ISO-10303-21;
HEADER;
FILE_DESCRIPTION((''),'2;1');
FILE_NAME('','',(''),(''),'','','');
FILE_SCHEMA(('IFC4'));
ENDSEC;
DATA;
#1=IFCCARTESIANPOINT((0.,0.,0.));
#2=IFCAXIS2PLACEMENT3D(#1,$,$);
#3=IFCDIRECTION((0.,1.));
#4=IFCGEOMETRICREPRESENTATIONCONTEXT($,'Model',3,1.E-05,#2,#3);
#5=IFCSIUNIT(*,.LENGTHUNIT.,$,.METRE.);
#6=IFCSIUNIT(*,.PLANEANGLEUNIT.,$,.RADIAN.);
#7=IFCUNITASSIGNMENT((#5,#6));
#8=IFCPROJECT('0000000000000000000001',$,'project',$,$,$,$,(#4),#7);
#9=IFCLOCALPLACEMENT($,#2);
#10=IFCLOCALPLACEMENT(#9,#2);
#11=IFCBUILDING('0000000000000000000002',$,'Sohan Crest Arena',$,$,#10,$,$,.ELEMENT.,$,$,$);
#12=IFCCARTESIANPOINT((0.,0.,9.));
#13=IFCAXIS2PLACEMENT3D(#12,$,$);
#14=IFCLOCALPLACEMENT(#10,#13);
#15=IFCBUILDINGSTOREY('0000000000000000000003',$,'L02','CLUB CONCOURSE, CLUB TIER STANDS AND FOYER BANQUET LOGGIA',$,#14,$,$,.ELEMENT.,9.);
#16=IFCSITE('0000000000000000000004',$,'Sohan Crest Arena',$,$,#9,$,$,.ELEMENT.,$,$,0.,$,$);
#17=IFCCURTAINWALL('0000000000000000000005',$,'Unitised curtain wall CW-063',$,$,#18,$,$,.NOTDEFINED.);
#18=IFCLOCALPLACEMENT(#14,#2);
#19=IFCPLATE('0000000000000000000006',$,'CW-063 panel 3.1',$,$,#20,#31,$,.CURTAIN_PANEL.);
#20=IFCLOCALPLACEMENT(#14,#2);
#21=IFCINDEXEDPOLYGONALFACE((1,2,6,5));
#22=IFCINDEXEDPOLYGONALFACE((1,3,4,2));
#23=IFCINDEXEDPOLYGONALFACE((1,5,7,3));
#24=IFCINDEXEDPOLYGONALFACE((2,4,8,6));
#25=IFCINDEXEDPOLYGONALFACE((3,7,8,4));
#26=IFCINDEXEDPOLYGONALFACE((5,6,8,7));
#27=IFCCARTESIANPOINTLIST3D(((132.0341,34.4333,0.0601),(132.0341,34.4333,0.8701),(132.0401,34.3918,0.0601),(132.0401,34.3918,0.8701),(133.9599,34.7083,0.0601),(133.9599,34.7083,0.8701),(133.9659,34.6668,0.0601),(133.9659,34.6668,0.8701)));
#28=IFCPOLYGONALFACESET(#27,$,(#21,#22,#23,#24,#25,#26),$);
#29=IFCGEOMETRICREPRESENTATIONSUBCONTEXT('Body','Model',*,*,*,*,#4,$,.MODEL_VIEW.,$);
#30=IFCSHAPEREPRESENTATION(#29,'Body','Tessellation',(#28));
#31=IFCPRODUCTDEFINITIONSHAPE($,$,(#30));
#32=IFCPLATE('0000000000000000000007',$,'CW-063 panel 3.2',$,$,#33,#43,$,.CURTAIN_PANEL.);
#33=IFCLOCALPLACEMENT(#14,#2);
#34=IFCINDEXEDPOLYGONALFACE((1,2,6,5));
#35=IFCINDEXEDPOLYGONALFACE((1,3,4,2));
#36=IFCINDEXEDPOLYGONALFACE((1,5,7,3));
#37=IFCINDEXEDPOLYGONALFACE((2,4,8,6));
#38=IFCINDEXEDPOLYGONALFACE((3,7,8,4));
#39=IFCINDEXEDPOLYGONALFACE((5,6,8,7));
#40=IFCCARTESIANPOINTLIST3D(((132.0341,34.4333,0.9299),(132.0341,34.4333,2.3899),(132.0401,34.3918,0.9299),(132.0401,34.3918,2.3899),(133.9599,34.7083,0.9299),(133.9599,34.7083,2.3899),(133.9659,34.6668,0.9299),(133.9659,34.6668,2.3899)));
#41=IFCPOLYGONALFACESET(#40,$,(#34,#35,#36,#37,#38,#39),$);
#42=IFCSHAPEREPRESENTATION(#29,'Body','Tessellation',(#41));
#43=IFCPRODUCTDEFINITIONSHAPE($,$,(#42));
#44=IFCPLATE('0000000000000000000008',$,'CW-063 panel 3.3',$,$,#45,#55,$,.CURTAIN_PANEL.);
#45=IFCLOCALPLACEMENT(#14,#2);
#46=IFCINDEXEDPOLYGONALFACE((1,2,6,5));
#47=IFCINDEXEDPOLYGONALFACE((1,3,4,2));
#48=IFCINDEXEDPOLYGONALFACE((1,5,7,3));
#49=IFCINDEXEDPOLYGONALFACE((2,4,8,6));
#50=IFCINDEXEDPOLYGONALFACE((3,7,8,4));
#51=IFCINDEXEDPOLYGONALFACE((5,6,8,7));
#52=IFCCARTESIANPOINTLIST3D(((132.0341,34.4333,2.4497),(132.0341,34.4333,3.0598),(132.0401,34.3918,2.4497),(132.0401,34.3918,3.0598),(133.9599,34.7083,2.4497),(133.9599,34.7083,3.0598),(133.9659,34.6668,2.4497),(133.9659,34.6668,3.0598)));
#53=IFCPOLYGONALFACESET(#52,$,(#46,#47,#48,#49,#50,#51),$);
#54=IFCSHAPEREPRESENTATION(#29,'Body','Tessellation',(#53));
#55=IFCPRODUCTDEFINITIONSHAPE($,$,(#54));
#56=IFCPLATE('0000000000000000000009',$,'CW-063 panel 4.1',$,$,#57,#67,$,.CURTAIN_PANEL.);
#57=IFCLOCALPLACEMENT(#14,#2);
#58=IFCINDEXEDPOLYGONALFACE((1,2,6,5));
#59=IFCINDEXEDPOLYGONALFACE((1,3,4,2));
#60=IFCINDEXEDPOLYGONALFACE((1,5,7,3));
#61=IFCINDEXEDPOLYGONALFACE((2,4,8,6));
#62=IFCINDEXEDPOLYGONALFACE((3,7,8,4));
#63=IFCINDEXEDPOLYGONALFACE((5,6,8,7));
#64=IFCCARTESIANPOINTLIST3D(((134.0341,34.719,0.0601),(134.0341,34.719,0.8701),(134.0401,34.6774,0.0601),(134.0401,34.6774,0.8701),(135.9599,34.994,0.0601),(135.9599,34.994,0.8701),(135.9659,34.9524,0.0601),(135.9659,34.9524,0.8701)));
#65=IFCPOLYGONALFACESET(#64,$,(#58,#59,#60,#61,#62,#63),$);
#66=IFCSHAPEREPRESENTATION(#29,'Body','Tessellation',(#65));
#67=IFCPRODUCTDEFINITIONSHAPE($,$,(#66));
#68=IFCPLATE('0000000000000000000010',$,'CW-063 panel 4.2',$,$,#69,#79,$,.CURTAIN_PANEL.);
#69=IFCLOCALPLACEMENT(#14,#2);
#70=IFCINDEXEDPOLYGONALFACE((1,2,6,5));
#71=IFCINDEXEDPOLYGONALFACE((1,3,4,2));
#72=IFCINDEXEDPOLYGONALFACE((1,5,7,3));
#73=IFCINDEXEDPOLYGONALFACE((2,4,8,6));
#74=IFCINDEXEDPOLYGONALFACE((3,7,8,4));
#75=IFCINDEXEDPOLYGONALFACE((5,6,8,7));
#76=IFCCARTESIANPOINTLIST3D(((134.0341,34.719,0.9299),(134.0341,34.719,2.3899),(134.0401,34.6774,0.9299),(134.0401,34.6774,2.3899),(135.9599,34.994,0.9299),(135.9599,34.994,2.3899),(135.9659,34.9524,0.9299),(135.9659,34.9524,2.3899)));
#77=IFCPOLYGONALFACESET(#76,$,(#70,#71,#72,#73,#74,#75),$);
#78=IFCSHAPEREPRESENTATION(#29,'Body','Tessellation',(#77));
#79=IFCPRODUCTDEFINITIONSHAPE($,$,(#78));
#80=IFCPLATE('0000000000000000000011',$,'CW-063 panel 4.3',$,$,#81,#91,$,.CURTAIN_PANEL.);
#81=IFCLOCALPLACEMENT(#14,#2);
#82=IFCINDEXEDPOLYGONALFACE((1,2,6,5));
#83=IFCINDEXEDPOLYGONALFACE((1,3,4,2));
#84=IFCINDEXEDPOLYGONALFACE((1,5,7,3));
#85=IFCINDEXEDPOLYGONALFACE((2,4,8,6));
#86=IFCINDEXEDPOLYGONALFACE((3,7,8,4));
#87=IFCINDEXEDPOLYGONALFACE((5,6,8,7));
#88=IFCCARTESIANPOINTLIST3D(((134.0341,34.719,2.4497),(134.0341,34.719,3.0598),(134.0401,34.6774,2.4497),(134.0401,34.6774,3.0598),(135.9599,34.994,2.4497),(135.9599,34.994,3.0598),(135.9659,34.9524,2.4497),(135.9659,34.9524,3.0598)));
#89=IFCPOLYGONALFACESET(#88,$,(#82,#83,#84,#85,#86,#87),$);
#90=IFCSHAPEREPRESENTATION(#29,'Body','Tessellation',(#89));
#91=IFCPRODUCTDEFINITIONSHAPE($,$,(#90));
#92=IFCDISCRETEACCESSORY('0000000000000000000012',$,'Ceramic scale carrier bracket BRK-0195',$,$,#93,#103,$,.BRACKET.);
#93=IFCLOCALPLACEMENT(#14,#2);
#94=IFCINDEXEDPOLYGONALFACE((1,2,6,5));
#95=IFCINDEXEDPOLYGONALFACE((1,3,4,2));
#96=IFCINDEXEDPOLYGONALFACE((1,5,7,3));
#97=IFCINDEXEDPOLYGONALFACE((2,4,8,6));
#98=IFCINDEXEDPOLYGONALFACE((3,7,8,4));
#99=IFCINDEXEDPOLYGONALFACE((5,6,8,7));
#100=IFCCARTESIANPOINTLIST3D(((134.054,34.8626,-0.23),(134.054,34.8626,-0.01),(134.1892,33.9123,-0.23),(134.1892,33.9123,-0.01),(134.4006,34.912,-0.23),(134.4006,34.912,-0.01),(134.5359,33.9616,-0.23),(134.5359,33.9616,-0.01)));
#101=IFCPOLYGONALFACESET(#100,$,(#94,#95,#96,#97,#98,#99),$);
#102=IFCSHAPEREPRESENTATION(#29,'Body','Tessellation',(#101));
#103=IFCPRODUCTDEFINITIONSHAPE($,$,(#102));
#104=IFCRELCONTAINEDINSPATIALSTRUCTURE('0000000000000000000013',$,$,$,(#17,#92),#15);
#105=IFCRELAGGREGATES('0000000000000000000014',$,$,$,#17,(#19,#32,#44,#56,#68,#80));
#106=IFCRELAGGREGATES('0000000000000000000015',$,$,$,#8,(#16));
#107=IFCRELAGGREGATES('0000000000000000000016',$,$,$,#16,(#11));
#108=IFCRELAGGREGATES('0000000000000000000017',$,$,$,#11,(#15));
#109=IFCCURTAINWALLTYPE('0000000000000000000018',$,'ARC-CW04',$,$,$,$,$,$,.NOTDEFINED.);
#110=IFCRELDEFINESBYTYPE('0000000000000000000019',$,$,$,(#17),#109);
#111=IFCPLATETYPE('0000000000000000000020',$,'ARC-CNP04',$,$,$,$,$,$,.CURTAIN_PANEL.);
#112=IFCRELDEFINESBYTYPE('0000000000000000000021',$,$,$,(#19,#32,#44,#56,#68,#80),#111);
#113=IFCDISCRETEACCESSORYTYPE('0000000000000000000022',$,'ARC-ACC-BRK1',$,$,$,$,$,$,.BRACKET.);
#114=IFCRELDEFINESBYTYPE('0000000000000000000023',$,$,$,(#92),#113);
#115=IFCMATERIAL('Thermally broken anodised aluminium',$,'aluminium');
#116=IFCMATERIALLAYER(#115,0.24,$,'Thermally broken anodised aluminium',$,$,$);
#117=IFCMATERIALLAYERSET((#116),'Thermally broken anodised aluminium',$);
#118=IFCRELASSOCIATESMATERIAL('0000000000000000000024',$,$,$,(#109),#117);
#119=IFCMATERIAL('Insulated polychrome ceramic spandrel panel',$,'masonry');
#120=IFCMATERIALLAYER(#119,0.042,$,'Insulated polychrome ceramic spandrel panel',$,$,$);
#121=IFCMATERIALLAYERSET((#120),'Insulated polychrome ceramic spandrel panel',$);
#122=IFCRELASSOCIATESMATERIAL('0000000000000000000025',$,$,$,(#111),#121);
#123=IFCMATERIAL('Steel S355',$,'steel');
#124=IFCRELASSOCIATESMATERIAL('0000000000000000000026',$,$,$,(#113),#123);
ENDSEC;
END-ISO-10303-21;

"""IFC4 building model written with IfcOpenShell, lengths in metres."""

from ifc_helpers import new_model, si_unit, direction, frame, origin, origin_2d, place, context, subcontext, project, spatial, rectangle, extrude, material, layer, layer_set, type_object, element, aggregate, save


model = new_model("IFC4")

# Units and contexts
model_context = context("Model", 3, precision=1e-05, world=origin(), true_north=direction((0.0, 1.0)))
body_context = subcontext(model_context, "Body", "Model", "MODEL_VIEW")
ifc_project = project(units=[si_unit("LENGTHUNIT", "METRE"), si_unit("PLANEANGLEUNIT", "RADIAN")], contexts=[model_context])

# Site, building, storey
site_placement = place(None, origin())
site = spatial("IfcSite", under=ifc_project, at=site_placement, Name="Sohan Crest Arena", CompositionType="ELEMENT", RefElevation=0.0)
building_placement = place(site_placement, origin())
building = spatial("IfcBuilding", under=site, at=building_placement, Name="Sohan Crest Arena", CompositionType="ELEMENT")
storey_placement = place(building_placement, frame((0.0, 0.0, 9.0)))
storey = spatial("IfcBuildingStorey", under=building, at=storey_placement, Name="L02", Description="CLUB CONCOURSE, CLUB TIER STANDS AND FOYER BANQUET LOGGIA", CompositionType="ELEMENT", Elevation=9.0)

# Curtain wall
ifc_material_1 = material(Name="Thermally broken anodised aluminium", Category="aluminium")
ifc_layer_1 = layer(ifc_material_1, 0.24, Name="Thermally broken anodised aluminium")
ifc_layer_set_1 = layer_set([ifc_layer_1], Name="Thermally broken anodised aluminium")
curtain_wall_type_1 = type_object("IfcCurtainWallType", Name="ARC-CW04", PredefinedType="NOTDEFINED", material=ifc_layer_set_1)
curtain_wall_1_placement = place(storey_placement, origin())
curtain_wall_1 = element("IfcCurtainWall", 1, at=curtain_wall_1_placement, inside=storey, type_object=curtain_wall_type_1, Name="Unitised curtain wall CW-063", PredefinedType="NOTDEFINED")

# Plates
ifc_material_2 = material(Name="Insulated polychrome ceramic spandrel panel", Category="masonry")
ifc_layer_2 = layer(ifc_material_2, 0.042, Name="Insulated polychrome ceramic spandrel panel")
ifc_layer_set_2 = layer_set([ifc_layer_2], Name="Insulated polychrome ceramic spandrel panel")
plate_type_1 = type_object("IfcPlateType", Name="ARC-CNP04", PredefinedType="CURTAIN_PANEL", material=ifc_layer_set_2)
plate_1_placement = place(storey_placement, frame((133.0, 34.55, 0.0601), z_axis=(0.0, 0.0, 1.0), x_axis=(0.989957, 0.141366, 0.0)))
plate_1 = element("IfcPlate", 2, at=plate_1_placement, type_object=plate_type_1, Name="CW-063 panel 3.1", PredefinedType="CURTAIN_PANEL", context=body_context, shape_type="SweptSolid", body=[
    extrude(rectangle(XDim=1.9453, YDim=0.042, at=origin_2d()), origin(), (0.0, 0.0, 1.0), 0.8101),
])
plate_2_placement = place(storey_placement, frame((133.0, 34.55, 0.9299), z_axis=(0.0, 0.0, 1.0), x_axis=(0.989957, 0.141366, 0.0)))
plate_2 = element("IfcPlate", 3, at=plate_2_placement, type_object=plate_type_1, Name="CW-063 panel 3.2", PredefinedType="CURTAIN_PANEL", context=body_context, shape_type="SweptSolid", body=[
    extrude(rectangle(XDim=1.9453, YDim=0.042, at=origin_2d()), origin(), (0.0, 0.0, 1.0), 1.46),
])
plate_3_placement = place(storey_placement, frame((133.0, 34.55, 2.4497), z_axis=(0.0, 0.0, 1.0), x_axis=(0.989957, 0.141366, 0.0)))
plate_3 = element("IfcPlate", 4, at=plate_3_placement, type_object=plate_type_1, Name="CW-063 panel 3.3", PredefinedType="CURTAIN_PANEL", context=body_context, shape_type="SweptSolid", body=[
    extrude(rectangle(XDim=1.9453, YDim=0.042, at=origin_2d()), origin(), (0.0, 0.0, 1.0), 0.6101),
])
plate_4_placement = place(storey_placement, frame((135.0, 34.8357, 0.0601), z_axis=(0.0, 0.0, 1.0), x_axis=(0.989957, 0.141366, 0.0)))
plate_4 = element("IfcPlate", 5, at=plate_4_placement, type_object=plate_type_1, Name="CW-063 panel 4.1", PredefinedType="CURTAIN_PANEL", context=body_context, shape_type="SweptSolid", body=[
    extrude(rectangle(XDim=1.9453, YDim=0.042, at=origin_2d()), origin(), (0.0, 0.0, 1.0), 0.8101),
])
plate_5_placement = place(storey_placement, frame((135.0, 34.8357, 0.9299), z_axis=(0.0, 0.0, 1.0), x_axis=(0.989957, 0.141366, 0.0)))
plate_5 = element("IfcPlate", 6, at=plate_5_placement, type_object=plate_type_1, Name="CW-063 panel 4.2", PredefinedType="CURTAIN_PANEL", context=body_context, shape_type="SweptSolid", body=[
    extrude(rectangle(XDim=1.9453, YDim=0.042, at=origin_2d()), origin(), (0.0, 0.0, 1.0), 1.46),
])
plate_6_placement = place(storey_placement, frame((135.0, 34.8357, 2.4497), z_axis=(0.0, 0.0, 1.0), x_axis=(0.989957, 0.141366, 0.0)))
plate_6 = element("IfcPlate", 7, at=plate_6_placement, type_object=plate_type_1, Name="CW-063 panel 4.3", PredefinedType="CURTAIN_PANEL", context=body_context, shape_type="SweptSolid", body=[
    extrude(rectangle(XDim=1.9453, YDim=0.042, at=origin_2d()), origin(), (0.0, 0.0, 1.0), 0.6101),
])
aggregate(curtain_wall_1, [plate_1, plate_2, plate_3, plate_4, plate_5, plate_6])

# Discrete accessory
ifc_material_3 = material(Name="Steel S355", Category="steel")
discrete_accessory_type = type_object("IfcDiscreteAccessoryType", Name="ARC-ACC-BRK1", PredefinedType="BRACKET", material=ifc_material_3)
discrete_accessory_placement = place(storey_placement, frame((134.2949, 34.4121, -0.23), z_axis=(0.0, 0.0, 1.0), x_axis=(0.990024, 0.140901, 0.0)))
element("IfcDiscreteAccessory", 8, at=discrete_accessory_placement, inside=storey, type_object=discrete_accessory_type, Name="Ceramic scale carrier bracket BRK-0195", PredefinedType="BRACKET", context=body_context, shape_type="SweptSolid", body=[
    extrude(rectangle(XDim=0.3501, YDim=0.96, at=origin_2d()), origin(), (0.0, 0.0, 1.0), 0.22),
])

save(model, "model.ifc")
